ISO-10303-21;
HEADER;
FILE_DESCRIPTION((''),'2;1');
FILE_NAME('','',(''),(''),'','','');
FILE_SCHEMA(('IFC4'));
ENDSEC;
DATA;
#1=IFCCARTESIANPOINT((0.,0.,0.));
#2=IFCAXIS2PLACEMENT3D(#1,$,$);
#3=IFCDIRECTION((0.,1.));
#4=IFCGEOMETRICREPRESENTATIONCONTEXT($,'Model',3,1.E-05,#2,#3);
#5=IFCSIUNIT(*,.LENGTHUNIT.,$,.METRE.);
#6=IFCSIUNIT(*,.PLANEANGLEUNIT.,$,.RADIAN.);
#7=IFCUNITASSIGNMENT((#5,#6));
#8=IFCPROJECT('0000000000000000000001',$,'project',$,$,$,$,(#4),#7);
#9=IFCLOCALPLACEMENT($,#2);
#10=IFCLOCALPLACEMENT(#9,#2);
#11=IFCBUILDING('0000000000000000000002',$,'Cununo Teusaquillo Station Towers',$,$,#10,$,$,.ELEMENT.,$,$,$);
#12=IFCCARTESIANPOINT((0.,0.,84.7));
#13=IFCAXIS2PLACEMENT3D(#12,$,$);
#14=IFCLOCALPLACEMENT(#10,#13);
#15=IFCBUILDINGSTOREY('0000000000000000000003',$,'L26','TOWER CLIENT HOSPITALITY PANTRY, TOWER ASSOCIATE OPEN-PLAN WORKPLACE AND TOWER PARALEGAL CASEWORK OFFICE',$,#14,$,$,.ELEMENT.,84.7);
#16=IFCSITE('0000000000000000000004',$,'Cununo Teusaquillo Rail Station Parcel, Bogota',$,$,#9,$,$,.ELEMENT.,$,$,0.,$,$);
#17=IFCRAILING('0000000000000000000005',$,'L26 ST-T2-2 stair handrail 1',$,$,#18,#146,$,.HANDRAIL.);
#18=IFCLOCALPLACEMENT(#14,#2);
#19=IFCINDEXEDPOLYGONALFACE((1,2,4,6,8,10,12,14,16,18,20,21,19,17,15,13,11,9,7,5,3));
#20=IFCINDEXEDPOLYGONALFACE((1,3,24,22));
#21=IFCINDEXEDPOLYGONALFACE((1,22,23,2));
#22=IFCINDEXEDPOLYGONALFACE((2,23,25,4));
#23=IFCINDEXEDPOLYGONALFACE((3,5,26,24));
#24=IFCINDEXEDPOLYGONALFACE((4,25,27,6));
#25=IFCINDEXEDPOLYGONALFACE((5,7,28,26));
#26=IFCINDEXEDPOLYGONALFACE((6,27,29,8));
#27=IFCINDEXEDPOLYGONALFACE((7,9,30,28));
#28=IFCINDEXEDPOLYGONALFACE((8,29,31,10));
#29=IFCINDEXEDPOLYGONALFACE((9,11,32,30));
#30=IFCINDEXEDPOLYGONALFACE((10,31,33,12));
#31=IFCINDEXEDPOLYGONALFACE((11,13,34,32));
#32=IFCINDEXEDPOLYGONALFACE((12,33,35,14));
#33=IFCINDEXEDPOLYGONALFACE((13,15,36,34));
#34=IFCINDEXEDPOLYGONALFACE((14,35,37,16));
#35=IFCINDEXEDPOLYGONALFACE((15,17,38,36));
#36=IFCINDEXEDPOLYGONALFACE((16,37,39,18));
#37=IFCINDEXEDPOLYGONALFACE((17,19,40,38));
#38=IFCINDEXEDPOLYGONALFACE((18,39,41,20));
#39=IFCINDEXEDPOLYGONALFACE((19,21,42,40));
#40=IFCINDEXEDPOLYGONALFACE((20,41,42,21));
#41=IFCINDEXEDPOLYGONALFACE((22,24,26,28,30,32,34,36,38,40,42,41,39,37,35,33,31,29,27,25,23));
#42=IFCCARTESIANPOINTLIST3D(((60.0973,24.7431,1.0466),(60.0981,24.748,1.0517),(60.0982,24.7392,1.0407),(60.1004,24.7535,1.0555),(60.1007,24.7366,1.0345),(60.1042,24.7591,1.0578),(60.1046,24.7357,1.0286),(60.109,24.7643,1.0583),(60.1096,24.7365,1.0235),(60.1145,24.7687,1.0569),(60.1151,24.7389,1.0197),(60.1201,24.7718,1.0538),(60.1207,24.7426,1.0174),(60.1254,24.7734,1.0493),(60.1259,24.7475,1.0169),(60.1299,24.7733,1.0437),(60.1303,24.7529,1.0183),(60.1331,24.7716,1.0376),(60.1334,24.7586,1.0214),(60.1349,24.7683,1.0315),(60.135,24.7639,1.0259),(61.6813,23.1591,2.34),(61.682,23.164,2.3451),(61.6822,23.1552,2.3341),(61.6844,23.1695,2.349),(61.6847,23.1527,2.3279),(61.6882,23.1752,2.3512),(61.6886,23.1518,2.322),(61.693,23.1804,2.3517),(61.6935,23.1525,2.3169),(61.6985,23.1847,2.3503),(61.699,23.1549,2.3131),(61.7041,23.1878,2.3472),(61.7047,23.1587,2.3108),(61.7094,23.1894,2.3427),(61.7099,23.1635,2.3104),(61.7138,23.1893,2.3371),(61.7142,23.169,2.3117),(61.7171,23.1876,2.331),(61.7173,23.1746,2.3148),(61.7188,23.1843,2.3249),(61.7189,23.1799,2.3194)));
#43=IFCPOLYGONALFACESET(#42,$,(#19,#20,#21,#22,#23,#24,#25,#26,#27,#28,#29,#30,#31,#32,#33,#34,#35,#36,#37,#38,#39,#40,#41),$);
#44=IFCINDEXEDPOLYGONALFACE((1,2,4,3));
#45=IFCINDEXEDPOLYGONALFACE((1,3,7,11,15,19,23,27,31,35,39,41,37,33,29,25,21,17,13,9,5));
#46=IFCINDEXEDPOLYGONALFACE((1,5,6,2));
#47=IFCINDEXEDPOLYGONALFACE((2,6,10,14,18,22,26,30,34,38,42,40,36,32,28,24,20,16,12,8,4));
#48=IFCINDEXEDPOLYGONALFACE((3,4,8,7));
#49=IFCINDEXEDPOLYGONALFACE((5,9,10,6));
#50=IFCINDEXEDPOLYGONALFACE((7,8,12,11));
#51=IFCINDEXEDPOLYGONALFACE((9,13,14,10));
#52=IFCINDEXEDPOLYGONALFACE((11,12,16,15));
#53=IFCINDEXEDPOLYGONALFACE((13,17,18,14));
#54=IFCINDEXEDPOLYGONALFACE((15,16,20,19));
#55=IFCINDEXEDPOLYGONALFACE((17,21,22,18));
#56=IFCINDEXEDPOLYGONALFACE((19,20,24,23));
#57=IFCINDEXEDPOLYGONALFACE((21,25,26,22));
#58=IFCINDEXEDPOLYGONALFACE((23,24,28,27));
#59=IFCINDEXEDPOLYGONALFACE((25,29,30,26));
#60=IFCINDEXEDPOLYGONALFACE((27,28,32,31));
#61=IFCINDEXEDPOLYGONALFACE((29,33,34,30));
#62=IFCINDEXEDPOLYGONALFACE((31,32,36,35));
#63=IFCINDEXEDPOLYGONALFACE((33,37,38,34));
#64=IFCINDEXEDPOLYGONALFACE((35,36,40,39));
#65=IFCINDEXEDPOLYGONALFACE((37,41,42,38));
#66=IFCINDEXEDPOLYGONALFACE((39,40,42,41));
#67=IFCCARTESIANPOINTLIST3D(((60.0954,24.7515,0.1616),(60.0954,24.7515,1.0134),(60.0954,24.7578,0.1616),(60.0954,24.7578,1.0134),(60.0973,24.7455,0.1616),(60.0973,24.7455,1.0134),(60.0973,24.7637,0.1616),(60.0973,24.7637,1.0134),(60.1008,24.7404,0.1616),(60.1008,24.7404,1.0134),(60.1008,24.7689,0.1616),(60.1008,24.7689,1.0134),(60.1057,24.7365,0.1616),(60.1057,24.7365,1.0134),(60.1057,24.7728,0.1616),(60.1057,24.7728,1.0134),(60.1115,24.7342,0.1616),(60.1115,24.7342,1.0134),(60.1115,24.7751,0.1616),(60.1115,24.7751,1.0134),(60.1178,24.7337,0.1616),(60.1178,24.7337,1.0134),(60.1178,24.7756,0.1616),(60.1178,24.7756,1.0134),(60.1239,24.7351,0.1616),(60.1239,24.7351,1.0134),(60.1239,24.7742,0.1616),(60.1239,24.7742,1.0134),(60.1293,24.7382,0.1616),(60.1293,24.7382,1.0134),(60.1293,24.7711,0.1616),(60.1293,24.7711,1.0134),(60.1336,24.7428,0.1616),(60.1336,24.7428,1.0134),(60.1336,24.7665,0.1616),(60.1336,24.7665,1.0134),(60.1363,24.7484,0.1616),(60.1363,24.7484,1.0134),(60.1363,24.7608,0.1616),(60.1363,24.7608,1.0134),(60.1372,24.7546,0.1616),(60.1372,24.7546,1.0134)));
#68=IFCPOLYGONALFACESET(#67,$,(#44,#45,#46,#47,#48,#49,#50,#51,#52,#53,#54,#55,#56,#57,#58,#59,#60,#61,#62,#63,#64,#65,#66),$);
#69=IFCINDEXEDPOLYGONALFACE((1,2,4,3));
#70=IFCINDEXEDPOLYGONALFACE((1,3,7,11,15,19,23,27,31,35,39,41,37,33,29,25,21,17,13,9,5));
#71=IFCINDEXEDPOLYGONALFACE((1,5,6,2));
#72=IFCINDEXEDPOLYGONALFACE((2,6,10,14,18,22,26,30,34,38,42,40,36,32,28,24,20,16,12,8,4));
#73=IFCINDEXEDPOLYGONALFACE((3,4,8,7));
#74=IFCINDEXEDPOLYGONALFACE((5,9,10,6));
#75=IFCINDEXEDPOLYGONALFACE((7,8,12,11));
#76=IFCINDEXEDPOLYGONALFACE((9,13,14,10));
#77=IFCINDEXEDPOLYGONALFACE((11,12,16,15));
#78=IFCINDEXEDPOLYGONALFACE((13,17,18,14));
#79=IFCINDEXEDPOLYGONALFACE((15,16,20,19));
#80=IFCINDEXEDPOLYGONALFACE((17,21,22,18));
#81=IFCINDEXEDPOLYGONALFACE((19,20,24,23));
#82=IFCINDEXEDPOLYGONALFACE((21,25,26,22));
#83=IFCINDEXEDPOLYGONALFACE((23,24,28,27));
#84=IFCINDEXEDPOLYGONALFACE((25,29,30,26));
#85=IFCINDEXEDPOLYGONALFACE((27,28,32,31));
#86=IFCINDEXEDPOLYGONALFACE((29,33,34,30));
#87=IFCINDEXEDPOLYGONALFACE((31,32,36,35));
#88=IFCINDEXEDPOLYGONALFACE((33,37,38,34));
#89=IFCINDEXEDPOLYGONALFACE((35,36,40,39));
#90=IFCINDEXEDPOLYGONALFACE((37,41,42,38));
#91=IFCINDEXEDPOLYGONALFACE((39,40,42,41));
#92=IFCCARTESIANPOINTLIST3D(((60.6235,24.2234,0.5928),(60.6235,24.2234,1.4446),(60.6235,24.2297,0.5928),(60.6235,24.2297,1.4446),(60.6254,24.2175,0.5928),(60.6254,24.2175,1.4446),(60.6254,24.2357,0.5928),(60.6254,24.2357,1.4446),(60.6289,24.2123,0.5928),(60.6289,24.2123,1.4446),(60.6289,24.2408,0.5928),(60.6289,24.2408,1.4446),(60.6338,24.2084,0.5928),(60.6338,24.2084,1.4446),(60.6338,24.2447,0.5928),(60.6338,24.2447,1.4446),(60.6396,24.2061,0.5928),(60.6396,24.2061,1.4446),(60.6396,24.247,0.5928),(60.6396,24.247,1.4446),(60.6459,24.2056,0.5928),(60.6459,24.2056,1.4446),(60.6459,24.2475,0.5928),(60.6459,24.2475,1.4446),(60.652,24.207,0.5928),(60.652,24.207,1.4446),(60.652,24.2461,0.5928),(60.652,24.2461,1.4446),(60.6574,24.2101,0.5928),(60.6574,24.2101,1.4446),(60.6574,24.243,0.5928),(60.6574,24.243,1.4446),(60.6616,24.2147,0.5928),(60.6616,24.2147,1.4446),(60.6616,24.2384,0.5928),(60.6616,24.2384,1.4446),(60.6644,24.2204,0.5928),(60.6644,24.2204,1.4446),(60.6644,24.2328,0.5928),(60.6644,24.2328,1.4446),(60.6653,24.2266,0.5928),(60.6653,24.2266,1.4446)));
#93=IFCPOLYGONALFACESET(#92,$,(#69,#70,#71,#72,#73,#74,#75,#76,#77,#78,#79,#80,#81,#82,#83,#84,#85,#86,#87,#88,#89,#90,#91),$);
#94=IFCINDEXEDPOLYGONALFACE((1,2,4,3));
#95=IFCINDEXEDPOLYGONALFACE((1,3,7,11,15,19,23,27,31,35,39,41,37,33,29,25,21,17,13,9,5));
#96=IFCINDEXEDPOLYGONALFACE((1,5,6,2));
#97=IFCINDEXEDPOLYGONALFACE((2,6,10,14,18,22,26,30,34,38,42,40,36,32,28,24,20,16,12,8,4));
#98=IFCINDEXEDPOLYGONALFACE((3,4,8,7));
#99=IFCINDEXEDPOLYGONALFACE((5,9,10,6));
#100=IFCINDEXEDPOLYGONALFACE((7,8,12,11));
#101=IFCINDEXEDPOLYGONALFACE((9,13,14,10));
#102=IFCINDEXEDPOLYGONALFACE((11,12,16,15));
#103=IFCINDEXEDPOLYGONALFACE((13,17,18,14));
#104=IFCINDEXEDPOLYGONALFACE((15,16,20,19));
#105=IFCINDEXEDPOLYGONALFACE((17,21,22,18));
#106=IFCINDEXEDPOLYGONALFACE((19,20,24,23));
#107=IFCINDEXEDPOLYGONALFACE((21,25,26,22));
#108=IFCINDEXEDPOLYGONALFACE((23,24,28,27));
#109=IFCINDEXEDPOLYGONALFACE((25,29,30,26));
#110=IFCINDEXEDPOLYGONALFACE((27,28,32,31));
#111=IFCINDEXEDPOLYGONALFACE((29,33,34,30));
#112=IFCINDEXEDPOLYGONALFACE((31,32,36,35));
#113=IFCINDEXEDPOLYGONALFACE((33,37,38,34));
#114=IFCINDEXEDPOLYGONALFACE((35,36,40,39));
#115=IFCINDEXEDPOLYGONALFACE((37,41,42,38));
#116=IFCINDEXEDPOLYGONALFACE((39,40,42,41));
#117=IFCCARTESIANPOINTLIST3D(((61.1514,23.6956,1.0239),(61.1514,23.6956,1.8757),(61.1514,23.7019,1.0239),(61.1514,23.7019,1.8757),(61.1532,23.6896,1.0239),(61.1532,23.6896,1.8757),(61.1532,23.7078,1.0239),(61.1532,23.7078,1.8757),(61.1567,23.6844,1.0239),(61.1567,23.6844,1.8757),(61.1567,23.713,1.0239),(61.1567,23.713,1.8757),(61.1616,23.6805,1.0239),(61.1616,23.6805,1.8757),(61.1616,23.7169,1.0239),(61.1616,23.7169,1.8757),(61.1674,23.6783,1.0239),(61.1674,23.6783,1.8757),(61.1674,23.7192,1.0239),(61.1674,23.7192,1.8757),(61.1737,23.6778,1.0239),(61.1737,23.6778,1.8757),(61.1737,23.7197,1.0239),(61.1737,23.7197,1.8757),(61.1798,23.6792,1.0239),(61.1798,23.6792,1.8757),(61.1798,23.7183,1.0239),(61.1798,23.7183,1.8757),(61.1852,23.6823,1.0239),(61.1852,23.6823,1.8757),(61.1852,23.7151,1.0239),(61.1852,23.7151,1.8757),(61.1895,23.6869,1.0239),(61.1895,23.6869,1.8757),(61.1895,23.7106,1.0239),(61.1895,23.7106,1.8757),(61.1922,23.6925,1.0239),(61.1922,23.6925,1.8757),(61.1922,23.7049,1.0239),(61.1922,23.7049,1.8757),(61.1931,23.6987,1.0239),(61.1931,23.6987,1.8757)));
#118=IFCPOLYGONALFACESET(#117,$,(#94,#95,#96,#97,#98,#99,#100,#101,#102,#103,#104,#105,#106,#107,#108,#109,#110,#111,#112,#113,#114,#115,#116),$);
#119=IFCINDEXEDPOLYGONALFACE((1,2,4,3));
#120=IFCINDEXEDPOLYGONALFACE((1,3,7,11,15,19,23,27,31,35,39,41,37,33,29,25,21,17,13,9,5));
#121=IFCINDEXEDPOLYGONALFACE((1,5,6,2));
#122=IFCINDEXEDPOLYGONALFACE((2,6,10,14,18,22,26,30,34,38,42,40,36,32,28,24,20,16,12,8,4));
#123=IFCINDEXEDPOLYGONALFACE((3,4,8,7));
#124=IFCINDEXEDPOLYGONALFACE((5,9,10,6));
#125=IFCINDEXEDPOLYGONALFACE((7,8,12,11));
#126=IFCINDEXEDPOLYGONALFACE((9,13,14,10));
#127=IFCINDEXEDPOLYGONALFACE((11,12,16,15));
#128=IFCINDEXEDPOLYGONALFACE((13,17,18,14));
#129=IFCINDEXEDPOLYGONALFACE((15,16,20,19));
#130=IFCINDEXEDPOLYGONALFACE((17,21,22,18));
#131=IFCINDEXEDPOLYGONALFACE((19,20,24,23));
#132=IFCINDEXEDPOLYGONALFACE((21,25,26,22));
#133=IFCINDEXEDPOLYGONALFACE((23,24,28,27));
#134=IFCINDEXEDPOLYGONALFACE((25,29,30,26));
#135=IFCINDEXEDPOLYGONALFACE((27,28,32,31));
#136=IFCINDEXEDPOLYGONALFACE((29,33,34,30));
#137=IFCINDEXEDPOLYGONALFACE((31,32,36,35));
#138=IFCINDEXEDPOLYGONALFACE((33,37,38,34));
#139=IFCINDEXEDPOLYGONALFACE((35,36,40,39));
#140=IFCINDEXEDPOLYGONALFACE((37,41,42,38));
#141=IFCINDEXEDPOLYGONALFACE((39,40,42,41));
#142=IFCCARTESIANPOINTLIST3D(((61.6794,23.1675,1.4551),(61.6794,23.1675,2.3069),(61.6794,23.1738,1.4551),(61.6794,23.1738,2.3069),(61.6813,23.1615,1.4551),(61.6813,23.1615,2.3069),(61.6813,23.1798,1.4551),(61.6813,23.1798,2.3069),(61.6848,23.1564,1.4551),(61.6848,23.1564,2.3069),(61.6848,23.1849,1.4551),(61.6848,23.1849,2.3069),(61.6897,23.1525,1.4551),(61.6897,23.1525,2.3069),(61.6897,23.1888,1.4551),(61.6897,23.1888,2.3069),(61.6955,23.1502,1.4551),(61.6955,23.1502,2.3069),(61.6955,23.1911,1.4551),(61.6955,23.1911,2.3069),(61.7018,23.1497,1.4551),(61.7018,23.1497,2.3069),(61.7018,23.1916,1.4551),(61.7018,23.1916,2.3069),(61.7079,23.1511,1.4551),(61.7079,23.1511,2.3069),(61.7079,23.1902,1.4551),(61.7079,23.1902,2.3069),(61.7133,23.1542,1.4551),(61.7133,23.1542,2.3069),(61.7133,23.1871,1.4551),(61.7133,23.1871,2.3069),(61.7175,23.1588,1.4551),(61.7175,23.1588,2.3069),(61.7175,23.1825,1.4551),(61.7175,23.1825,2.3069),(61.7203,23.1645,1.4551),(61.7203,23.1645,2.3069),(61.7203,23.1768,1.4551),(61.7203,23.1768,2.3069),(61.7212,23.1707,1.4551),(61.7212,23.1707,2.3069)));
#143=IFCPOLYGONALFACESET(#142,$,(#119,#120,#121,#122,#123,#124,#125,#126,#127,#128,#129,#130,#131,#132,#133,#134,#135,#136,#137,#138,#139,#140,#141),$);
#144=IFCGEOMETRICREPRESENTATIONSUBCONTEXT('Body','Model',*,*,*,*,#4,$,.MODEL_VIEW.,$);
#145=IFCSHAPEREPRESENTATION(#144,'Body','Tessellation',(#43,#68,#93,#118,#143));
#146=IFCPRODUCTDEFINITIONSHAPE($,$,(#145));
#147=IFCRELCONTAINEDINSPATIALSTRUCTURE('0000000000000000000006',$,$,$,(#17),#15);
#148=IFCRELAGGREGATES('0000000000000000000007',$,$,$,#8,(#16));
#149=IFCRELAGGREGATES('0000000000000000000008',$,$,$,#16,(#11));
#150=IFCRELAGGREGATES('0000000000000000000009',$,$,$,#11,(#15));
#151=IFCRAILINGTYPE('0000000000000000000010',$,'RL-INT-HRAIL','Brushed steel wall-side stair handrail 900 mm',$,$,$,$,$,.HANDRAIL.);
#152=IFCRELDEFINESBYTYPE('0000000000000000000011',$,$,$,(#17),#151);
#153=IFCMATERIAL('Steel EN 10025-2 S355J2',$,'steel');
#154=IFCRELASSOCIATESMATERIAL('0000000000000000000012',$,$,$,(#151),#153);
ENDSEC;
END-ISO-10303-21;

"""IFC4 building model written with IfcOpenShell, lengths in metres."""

from ifc_helpers import new_model, si_unit, direction, frame, origin, origin_2d, place, context, subcontext, project, spatial, circle, extrude, material, type_object, element, save


model = new_model("IFC4")

# Units and contexts
model_context = context("Model", 3, precision=1e-05, world=origin(), true_north=direction((0.0, 1.0)))
body_context = subcontext(model_context, "Body", "Model", "MODEL_VIEW")
ifc_project = project(units=[si_unit("LENGTHUNIT", "METRE"), si_unit("PLANEANGLEUNIT", "RADIAN")], contexts=[model_context])

# Site, building, storey
site_placement = place(None, origin())
site = spatial("IfcSite", under=ifc_project, at=site_placement, Name="Cununo Teusaquillo Rail Station Parcel, Bogota", CompositionType="ELEMENT", RefElevation=0.0)
building_placement = place(site_placement, origin())
building = spatial("IfcBuilding", under=site, at=building_placement, Name="Cununo Teusaquillo Station Towers", CompositionType="ELEMENT")
storey_placement = place(building_placement, frame((0.0, 0.0, 84.7)))
storey = spatial("IfcBuildingStorey", under=building, at=storey_placement, Name="L26", Description="TOWER CLIENT HOSPITALITY PANTRY, TOWER ASSOCIATE OPEN-PLAN WORKPLACE AND TOWER PARALEGAL CASEWORK OFFICE", CompositionType="ELEMENT", Elevation=84.7)

# Railing
ifc_material_1 = material(Name="Steel EN 10025-2 S355J2", Category="steel")
railing_type_1 = type_object("IfcRailingType", Name="RL-INT-HRAIL", Description="Brushed steel wall-side stair handrail 900 mm", PredefinedType="HANDRAIL", material=ifc_material_1)
railing_1_placement = place(storey_placement, frame((60.1162, 24.7546, 0.1616)))
element("IfcRailing", 1, at=railing_1_placement, inside=storey, type_object=railing_type_1, Name="L26 ST-T2-2 stair handrail 1", PredefinedType="HANDRAIL", context=body_context, shape_type="SweptSolid", body=[
    extrude(circle(Radius=0.0239, at=origin_2d()), frame((0.0, 0.0, 0.876), z_axis=(0.612356, -0.612356, 0.50004), x_axis=(0.707107, 0.707107, 0.0)), (0.0, 0.0, 1.0), 2.5867),
    extrude(circle(Radius=0.021, at=origin_2d()), origin(), (0.0, 0.0, 1.0), 0.8518),
    extrude(circle(Radius=0.021, at=origin_2d()), frame((0.5281, -0.5281, 0.4312)), (0.0, 0.0, 1.0), 0.8518),
    extrude(circle(Radius=0.021, at=origin_2d()), frame((1.0559, -1.0559, 0.8623)), (0.0, 0.0, 1.0), 0.8518),
    extrude(circle(Radius=0.021, at=origin_2d()), frame((1.584, -1.584, 1.2935)), (0.0, 0.0, 1.0), 0.8518),
])

save(model, "model.ifc")
